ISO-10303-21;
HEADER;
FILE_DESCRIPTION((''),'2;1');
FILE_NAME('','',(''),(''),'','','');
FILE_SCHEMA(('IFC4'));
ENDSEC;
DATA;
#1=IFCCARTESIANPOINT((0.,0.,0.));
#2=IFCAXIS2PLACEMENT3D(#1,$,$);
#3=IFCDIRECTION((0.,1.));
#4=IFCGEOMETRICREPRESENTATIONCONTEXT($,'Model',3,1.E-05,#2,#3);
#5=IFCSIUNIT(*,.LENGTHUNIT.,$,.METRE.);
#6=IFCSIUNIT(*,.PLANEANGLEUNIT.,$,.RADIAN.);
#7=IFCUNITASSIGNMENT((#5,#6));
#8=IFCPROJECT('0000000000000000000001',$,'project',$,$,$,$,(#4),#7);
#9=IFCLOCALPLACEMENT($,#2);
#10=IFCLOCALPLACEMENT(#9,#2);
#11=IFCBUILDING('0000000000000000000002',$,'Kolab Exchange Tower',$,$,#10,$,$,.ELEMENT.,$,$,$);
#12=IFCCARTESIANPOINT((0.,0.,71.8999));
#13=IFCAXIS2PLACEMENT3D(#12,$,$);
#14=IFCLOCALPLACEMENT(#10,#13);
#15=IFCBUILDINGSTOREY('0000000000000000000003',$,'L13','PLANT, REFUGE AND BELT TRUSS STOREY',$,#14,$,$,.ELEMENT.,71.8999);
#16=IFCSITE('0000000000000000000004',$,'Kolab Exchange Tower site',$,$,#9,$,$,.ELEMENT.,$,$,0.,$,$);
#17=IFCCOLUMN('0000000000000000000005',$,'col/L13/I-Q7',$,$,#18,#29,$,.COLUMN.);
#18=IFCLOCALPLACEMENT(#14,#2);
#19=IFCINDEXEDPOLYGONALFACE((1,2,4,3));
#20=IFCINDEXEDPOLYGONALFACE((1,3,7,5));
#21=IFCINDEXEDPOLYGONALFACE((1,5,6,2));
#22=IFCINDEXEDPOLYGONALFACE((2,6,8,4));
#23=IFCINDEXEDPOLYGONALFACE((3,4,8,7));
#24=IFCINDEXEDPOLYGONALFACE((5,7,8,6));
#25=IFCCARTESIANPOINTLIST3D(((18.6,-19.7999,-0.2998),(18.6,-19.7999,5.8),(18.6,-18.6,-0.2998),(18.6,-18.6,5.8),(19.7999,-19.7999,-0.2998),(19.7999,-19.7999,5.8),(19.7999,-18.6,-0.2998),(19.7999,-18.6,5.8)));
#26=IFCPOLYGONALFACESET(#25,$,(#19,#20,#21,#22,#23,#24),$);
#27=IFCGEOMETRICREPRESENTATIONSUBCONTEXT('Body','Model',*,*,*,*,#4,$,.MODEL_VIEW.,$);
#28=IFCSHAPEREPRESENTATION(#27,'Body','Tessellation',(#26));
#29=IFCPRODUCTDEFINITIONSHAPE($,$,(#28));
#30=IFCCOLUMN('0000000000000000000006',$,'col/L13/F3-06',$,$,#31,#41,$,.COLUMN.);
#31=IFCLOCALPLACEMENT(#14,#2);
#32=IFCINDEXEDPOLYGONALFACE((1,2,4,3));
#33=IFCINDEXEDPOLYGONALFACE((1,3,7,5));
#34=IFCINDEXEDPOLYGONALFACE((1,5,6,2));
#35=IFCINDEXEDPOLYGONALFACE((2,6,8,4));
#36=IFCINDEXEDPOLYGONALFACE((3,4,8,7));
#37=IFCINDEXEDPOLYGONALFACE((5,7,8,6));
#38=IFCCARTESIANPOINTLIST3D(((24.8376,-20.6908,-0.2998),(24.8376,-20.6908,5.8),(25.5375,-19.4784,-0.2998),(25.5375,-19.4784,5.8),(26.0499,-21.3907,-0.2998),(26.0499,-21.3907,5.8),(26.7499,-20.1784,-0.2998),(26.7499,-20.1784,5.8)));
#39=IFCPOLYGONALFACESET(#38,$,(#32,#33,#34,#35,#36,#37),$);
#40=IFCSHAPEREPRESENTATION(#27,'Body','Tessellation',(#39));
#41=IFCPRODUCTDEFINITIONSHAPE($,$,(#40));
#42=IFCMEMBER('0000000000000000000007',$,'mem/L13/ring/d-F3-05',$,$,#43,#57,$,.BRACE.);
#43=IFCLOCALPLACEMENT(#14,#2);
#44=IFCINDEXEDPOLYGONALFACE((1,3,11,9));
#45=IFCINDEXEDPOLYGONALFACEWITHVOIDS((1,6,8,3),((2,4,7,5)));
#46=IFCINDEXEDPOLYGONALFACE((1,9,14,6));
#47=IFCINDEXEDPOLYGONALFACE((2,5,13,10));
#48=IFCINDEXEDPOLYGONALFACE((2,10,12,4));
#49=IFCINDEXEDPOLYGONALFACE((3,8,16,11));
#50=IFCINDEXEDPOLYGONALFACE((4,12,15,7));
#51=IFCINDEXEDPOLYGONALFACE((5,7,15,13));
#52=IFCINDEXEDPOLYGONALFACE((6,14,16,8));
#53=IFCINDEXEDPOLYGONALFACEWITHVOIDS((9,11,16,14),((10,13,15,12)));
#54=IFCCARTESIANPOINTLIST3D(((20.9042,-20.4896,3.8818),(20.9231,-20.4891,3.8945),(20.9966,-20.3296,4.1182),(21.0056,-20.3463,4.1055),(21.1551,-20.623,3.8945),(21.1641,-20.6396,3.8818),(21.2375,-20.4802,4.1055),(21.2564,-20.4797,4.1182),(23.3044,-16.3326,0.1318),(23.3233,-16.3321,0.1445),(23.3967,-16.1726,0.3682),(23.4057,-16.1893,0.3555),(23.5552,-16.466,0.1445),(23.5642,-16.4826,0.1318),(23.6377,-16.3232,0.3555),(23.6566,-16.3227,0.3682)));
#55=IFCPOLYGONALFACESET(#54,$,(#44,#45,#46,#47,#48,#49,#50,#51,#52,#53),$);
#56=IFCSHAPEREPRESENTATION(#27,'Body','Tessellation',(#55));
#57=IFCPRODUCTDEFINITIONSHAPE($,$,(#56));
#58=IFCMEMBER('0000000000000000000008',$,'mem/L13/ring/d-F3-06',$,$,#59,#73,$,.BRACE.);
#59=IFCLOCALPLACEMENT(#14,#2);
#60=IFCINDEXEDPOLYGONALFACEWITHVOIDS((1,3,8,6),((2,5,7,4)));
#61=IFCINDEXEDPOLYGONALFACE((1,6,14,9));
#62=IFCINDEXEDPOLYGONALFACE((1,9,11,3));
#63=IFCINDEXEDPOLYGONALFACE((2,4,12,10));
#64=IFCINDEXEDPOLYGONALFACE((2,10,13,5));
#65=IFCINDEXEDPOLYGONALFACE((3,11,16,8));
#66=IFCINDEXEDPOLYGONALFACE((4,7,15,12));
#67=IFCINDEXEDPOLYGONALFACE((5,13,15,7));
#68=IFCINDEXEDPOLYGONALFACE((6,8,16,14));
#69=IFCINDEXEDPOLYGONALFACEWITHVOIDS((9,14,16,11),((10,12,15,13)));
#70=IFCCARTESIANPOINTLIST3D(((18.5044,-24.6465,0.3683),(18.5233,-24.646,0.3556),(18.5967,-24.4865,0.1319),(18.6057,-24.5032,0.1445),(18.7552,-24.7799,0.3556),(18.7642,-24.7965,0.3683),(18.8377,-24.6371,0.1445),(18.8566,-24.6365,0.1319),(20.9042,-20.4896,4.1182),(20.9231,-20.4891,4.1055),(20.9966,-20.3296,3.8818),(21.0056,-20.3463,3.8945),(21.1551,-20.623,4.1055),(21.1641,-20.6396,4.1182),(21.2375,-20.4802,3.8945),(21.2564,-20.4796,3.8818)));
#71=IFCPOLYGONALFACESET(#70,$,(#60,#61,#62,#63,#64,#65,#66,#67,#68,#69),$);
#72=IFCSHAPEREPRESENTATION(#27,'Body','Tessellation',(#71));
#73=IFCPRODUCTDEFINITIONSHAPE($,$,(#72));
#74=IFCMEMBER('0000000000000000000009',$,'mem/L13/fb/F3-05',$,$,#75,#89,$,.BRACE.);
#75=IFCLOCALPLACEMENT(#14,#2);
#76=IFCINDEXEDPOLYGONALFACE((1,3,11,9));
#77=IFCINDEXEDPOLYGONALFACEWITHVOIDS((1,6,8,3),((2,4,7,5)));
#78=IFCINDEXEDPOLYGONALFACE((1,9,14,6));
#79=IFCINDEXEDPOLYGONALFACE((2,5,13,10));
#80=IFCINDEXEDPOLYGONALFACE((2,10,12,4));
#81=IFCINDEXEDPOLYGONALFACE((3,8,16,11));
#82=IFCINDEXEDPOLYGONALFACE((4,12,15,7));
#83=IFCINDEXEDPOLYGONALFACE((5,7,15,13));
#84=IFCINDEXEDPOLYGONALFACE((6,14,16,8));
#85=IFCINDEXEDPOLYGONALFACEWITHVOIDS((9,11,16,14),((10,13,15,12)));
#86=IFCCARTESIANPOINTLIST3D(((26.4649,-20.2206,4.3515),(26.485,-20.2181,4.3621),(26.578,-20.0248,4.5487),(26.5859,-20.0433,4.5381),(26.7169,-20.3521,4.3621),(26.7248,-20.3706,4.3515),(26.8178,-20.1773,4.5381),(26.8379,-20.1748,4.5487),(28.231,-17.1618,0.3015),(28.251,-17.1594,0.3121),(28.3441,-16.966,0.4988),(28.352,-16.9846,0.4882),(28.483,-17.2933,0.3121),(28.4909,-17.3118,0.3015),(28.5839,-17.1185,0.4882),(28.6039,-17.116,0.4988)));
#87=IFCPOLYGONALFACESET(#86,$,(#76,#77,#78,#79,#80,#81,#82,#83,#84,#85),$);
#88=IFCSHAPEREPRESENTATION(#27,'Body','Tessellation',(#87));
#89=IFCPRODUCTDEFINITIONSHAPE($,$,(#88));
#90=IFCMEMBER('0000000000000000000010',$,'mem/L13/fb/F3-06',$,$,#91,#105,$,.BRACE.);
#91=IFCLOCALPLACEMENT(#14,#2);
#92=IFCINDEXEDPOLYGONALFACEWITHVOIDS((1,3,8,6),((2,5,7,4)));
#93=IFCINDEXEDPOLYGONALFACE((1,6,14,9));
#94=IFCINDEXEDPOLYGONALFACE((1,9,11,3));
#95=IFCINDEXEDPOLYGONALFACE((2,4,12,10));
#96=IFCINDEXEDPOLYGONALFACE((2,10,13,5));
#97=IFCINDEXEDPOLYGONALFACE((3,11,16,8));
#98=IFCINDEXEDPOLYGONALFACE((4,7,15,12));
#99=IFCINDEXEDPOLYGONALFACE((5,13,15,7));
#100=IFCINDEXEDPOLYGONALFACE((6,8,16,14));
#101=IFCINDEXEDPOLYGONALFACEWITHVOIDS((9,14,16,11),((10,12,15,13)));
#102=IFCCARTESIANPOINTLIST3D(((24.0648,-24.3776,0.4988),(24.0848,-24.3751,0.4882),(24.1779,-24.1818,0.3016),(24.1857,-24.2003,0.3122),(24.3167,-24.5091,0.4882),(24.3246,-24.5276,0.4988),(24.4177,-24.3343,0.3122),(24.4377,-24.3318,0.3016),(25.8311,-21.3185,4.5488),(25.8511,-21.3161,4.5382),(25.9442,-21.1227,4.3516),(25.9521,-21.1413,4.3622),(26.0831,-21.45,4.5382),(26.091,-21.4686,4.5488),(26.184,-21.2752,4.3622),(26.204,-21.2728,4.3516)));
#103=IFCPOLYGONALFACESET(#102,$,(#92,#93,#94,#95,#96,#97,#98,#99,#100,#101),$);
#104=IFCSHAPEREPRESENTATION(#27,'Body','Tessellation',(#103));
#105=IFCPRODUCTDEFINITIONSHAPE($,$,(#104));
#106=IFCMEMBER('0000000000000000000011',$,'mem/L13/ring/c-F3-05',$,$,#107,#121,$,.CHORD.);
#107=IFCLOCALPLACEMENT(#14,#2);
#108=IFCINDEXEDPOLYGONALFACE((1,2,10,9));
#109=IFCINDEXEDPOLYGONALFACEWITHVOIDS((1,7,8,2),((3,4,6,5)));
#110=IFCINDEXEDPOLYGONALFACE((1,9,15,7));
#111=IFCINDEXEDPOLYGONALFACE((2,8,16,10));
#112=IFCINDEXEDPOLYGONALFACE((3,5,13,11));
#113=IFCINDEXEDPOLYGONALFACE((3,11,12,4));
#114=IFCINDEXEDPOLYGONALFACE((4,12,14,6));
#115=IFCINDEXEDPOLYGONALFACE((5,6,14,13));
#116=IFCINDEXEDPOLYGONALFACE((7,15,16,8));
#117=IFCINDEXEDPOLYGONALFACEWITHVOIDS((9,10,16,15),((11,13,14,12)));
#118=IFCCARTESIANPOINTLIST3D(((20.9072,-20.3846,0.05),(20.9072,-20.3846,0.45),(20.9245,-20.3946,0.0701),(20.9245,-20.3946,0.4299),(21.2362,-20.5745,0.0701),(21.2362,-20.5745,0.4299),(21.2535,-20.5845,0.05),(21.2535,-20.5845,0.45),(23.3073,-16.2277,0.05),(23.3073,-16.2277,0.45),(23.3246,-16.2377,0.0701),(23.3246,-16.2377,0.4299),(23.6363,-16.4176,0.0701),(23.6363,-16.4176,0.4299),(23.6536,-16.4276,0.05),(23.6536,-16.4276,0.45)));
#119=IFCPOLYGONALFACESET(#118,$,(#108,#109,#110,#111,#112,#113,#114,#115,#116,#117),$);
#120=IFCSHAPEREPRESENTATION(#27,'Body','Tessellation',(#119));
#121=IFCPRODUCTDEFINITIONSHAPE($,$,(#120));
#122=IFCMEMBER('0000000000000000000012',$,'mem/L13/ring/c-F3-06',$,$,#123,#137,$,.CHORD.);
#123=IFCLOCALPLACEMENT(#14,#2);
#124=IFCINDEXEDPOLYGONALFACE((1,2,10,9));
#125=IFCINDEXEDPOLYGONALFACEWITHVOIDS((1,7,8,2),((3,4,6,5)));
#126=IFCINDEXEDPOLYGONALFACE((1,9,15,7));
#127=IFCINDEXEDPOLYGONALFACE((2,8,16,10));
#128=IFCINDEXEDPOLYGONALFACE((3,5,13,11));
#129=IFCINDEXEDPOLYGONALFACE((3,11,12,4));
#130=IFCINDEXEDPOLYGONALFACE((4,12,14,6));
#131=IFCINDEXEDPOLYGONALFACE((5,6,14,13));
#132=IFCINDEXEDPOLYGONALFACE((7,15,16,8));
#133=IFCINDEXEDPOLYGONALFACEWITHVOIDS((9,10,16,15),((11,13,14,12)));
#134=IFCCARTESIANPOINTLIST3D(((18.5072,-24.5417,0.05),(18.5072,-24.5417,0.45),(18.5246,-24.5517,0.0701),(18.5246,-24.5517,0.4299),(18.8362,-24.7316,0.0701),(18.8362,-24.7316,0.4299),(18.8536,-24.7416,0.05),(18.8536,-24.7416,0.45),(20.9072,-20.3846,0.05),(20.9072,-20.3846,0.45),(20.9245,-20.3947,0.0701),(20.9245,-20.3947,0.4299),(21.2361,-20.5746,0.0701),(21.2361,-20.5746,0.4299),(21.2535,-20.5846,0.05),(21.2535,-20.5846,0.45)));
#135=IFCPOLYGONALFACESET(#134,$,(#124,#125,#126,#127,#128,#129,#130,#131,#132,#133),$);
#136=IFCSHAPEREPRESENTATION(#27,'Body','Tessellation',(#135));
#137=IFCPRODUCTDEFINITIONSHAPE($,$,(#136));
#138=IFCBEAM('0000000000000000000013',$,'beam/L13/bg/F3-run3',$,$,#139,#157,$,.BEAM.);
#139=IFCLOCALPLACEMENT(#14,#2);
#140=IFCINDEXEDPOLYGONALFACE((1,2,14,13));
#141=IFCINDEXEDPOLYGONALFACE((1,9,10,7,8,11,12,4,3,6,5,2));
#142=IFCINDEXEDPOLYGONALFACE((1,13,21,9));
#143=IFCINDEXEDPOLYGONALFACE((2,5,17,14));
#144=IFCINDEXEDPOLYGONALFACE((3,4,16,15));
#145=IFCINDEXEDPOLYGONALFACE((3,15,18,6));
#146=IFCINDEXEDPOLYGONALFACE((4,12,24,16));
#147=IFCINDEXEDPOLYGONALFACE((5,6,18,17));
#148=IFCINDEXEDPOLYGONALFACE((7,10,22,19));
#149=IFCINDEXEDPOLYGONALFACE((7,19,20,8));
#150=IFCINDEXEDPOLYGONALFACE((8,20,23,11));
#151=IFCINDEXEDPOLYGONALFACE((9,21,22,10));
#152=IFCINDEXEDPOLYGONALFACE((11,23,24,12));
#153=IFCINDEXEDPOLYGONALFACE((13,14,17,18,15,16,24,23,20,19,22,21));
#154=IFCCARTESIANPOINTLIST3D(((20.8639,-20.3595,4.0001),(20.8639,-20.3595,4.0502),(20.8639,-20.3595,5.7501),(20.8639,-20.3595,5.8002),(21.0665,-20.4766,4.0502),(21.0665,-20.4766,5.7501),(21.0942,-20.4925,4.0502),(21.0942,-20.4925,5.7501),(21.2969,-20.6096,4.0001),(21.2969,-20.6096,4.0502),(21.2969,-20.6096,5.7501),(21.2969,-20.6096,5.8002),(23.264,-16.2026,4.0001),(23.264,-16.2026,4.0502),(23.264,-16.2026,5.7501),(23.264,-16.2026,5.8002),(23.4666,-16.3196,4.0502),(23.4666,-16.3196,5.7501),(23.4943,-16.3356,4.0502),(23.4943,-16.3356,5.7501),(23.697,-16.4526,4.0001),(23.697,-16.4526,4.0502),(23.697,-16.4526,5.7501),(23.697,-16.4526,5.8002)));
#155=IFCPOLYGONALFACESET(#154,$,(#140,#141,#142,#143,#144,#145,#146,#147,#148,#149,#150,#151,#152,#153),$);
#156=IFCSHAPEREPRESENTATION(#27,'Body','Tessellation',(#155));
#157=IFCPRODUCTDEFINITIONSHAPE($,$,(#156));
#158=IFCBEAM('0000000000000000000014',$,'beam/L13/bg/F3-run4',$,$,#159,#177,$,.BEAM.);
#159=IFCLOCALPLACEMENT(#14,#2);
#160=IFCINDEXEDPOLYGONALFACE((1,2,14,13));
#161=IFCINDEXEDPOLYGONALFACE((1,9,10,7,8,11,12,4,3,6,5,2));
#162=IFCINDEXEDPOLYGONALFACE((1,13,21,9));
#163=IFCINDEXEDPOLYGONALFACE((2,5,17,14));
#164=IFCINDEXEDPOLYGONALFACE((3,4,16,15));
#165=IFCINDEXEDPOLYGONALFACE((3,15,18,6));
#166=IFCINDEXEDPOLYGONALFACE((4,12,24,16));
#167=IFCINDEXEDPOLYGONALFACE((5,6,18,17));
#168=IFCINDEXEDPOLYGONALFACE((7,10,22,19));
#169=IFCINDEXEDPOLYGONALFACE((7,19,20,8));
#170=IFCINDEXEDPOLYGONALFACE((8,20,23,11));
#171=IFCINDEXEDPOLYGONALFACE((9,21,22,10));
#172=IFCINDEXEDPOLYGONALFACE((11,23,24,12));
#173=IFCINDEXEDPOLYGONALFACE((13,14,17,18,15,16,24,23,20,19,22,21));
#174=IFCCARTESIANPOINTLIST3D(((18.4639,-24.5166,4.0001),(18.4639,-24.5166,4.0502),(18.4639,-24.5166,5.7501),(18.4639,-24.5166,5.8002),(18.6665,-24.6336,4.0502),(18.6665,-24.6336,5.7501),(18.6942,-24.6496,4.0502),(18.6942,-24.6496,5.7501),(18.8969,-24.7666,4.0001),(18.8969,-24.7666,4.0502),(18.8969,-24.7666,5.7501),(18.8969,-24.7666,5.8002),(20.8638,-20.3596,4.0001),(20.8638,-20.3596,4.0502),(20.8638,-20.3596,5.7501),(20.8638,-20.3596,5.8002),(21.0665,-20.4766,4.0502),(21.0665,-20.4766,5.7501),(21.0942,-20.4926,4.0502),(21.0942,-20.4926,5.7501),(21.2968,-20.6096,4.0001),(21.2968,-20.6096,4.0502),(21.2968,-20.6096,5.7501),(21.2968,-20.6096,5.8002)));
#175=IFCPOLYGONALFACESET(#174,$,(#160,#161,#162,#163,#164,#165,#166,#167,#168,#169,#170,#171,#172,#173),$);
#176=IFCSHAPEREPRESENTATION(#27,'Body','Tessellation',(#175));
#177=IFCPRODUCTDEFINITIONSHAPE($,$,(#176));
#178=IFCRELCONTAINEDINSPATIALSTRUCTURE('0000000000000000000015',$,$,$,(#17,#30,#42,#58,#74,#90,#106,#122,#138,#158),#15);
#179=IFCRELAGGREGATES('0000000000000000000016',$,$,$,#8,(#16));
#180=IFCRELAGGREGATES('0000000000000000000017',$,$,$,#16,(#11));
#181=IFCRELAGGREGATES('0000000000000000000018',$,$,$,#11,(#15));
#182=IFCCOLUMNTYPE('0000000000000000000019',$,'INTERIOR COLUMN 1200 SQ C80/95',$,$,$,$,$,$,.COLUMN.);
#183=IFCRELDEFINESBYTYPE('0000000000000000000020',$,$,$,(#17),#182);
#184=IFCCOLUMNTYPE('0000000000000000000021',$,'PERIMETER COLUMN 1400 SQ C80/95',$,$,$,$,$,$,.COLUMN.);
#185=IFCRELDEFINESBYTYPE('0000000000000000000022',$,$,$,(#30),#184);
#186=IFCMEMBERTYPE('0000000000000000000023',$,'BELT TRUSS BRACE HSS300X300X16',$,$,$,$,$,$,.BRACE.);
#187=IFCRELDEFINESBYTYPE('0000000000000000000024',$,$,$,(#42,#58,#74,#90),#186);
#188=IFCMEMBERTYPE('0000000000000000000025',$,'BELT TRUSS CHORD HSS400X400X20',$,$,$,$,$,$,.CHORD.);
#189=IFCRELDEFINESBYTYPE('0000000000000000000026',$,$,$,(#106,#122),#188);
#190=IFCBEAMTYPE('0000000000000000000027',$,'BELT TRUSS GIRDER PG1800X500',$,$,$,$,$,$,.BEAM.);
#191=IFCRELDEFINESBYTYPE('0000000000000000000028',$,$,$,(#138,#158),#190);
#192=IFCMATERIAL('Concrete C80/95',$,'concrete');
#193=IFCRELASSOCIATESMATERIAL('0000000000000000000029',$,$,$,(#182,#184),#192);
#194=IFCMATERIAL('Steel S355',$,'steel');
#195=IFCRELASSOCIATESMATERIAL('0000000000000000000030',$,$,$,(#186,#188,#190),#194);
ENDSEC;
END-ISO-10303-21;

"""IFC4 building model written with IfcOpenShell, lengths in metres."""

from ifc_helpers import new_model, si_unit, direction, frame, origin, origin_2d, place, context, subcontext, project, spatial, rectangle, hollow_rectangle, i_section, extrude, material, material_profile, profile_set, type_object, element, save


model = new_model("IFC4")

# Units and contexts
model_context = context("Model", 3, precision=1e-05, world=origin(), true_north=direction((0.0, 1.0)))
body_context = subcontext(model_context, "Body", "Model", "MODEL_VIEW")
ifc_project = project(units=[si_unit("LENGTHUNIT", "METRE"), si_unit("PLANEANGLEUNIT", "RADIAN")], contexts=[model_context])

# Site, building, storey
site_placement = place(None, origin())
site = spatial("IfcSite", under=ifc_project, at=site_placement, Name="Kolab Exchange Tower site", CompositionType="ELEMENT", RefElevation=0.0)
building_placement = place(site_placement, origin())
building = spatial("IfcBuilding", under=site, at=building_placement, Name="Kolab Exchange Tower", CompositionType="ELEMENT")
storey_placement = place(building_placement, frame((0.0, 0.0, 71.8999)))
storey = spatial("IfcBuildingStorey", under=building, at=storey_placement, Name="L13", Description="PLANT, REFUGE AND BELT TRUSS STOREY", CompositionType="ELEMENT", Elevation=71.8999)

# Columns
ifc_material_1 = material(Name="Concrete C80/95", Category="concrete")
ifc_material_profile_1 = material_profile(ifc_material_1, rectangle(XDim=1.2, YDim=1.2, at=origin_2d()), Name="RC1200")
ifc_profile_set_1 = profile_set([ifc_material_profile_1], Name="Concrete C80/95")
column_type_1 = type_object("IfcColumnType", Name="INTERIOR COLUMN 1200 SQ C80/95", PredefinedType="COLUMN", material=ifc_profile_set_1)
column_1_placement = place(storey_placement, frame((19.2, -19.2, -0.2998), z_axis=(0.0, 0.0, 1.0), x_axis=(1.0, 0.0, 0.0)))
element("IfcColumn", 1, at=column_1_placement, inside=storey, type_object=column_type_1, Name="col/L13/I-Q7", PredefinedType="COLUMN", context=body_context, shape_type="SweptSolid", body=[
    extrude(rectangle(XDim=1.2, YDim=1.2, at=origin_2d()), origin(), (0.0, 0.0, 1.0), 6.0999),
])
ifc_material_profile_2 = material_profile(ifc_material_1, rectangle(XDim=1.3999, YDim=1.3999, at=origin_2d()), Name="RC1400")
ifc_profile_set_2 = profile_set([ifc_material_profile_2], Name="Concrete C80/95")
column_type_2 = type_object("IfcColumnType", Name="PERIMETER COLUMN 1400 SQ C80/95", PredefinedType="COLUMN", material=ifc_profile_set_2)
column_2_placement = place(storey_placement, frame((25.7937, -20.4346, -0.2998), z_axis=(0.0, 0.0, 1.0), x_axis=(0.5, 0.866025, 0.0)))
element("IfcColumn", 2, at=column_2_placement, inside=storey, type_object=column_type_2, Name="col/L13/F3-06", PredefinedType="COLUMN", context=body_context, shape_type="SweptSolid", body=[
    extrude(rectangle(XDim=1.3999, YDim=1.3999, at=origin_2d()), origin(), (0.0, 0.0, 1.0), 6.0999),
])

# Members
ifc_material_2 = material(Name="Steel S355", Category="steel")
ifc_material_profile_3 = material_profile(ifc_material_2, hollow_rectangle(XDim=0.3, YDim=0.3, WallThickness=0.0161, at=origin_2d()), Name="HSS300X300X16")
ifc_profile_set_3 = profile_set([ifc_material_profile_3], Name="Steel S355")
member_type_1 = type_object("IfcMemberType", Name="BELT TRUSS BRACE HSS300X300X16", PredefinedType="BRACE", material=ifc_profile_set_3)
member_1_placement = place(storey_placement, frame((23.4805, -16.3276, 0.25), z_axis=(-0.39403, -0.682448, 0.615634), x_axis=(0.866015, -0.500017, 0.0)))
element("IfcMember", 3, at=member_1_placement, inside=storey, type_object=member_type_1, Name="mem/L13/ring/d-F3-05", PredefinedType="BRACE", context=body_context, shape_type="SweptSolid", body=[
    extrude(hollow_rectangle(XDim=0.3, YDim=0.3, WallThickness=0.0161, at=origin_2d()), origin(), (0.0, 0.0, 1.0), 6.0913),
])
member_2_placement = place(storey_placement, frame((21.0803, -20.4846, 4.0), z_axis=(-0.393996, -0.682459, -0.615644), x_axis=(0.866037, -0.499979, 0.0)))
element("IfcMember", 4, at=member_2_placement, inside=storey, type_object=member_type_1, Name="mem/L13/ring/d-F3-06", PredefinedType="BRACE", context=body_context, shape_type="SweptSolid", body=[
    extrude(hollow_rectangle(XDim=0.3, YDim=0.3, WallThickness=0.0161, at=origin_2d()), origin(), (0.0, 0.0, 1.0), 6.0911),
])
member_3_placement = place(storey_placement, frame((28.4175, -17.1389, 0.4001), z_axis=(-0.328648, -0.569205, 0.753655), x_axis=(0.866014, -0.50002, 0.0)))
element("IfcMember", 5, at=member_3_placement, inside=storey, type_object=member_type_1, Name="mem/L13/fb/F3-05", PredefinedType="BRACE", context=body_context, shape_type="SweptSolid", body=[
    extrude(hollow_rectangle(XDim=0.3, YDim=0.3, WallThickness=0.0161, at=origin_2d()), origin(), (0.0, 0.0, 1.0), 5.3738),
])
member_4_placement = place(storey_placement, frame((26.0176, -21.2957, 4.4502), z_axis=(-0.32868, -0.569227, -0.753624), x_axis=(0.866001, -0.500042, 0.0)))
element("IfcMember", 6, at=member_4_placement, inside=storey, type_object=member_type_1, Name="mem/L13/fb/F3-06", PredefinedType="BRACE", context=body_context, shape_type="SweptSolid", body=[
    extrude(hollow_rectangle(XDim=0.3, YDim=0.3, WallThickness=0.0161, at=origin_2d()), origin(), (0.0, 0.0, 1.0), 5.374),
])
ifc_material_profile_4 = material_profile(ifc_material_2, hollow_rectangle(XDim=0.3999, YDim=0.3999, WallThickness=0.02, at=origin_2d()), Name="HSS400X400X20")
ifc_profile_set_4 = profile_set([ifc_material_profile_4], Name="Steel S355")
member_type_2 = type_object("IfcMemberType", Name="BELT TRUSS CHORD HSS400X400X20", PredefinedType="CHORD", material=ifc_profile_set_4)
for number, where, z_axis, x_axis, name in (
    (7, (23.4805, -16.3276, 0.25), (-0.500017, -0.866015, 0.0), (0.866015, -0.500017, 0.0), "mem/L13/ring/c-F3-05"),
    (8, (21.0803, -20.4846, 0.25), (-0.499979, -0.866037, 0.0), (0.866037, -0.499979, 0.0), "mem/L13/ring/c-F3-06"),
):
    element("IfcMember", number, at=place(storey_placement, frame(where, z_axis=z_axis, x_axis=x_axis)), inside=storey, type_object=member_type_2, Name=name, PredefinedType="CHORD", context=body_context, shape_type="SweptSolid", body=[
        extrude(hollow_rectangle(XDim=0.3999, YDim=0.3999, WallThickness=0.02, at=origin_2d()), origin(), (0.0, 0.0, 1.0), 4.8),
    ])

# Beams
ifc_material_profile_5 = material_profile(ifc_material_2, i_section(OverallWidth=0.5, OverallDepth=1.8, WebThickness=0.032, FlangeThickness=0.05, at=origin_2d()), Name="PG1800X500")
ifc_profile_set_5 = profile_set([ifc_material_profile_5], Name="Steel S355")
beam_type_1 = type_object("IfcBeamType", Name="BELT TRUSS GIRDER PG1800X500", PredefinedType="BEAM", material=ifc_profile_set_5)
for number, where, z_axis, x_axis, name in (
    (9, (23.4805, -16.3276, 4.9001), (-0.500017, -0.866015, 0.0), (0.866015, -0.500017, 0.0), "beam/L13/bg/F3-run3"),
    (10, (21.0803, -20.4846, 4.9001), (-0.499979, -0.866037, 0.0), (0.866037, -0.499979, 0.0), "beam/L13/bg/F3-run4"),
):
    element("IfcBeam", number, at=place(storey_placement, frame(where, z_axis=z_axis, x_axis=x_axis)), inside=storey, type_object=beam_type_1, Name=name, PredefinedType="BEAM", context=body_context, shape_type="SweptSolid", body=[
        extrude(i_section(OverallWidth=0.5, OverallDepth=1.8, WebThickness=0.032, FlangeThickness=0.05, at=origin_2d()), origin(), (0.0, 0.0, 1.0), 4.8),
    ])

save(model, "model.ifc")
